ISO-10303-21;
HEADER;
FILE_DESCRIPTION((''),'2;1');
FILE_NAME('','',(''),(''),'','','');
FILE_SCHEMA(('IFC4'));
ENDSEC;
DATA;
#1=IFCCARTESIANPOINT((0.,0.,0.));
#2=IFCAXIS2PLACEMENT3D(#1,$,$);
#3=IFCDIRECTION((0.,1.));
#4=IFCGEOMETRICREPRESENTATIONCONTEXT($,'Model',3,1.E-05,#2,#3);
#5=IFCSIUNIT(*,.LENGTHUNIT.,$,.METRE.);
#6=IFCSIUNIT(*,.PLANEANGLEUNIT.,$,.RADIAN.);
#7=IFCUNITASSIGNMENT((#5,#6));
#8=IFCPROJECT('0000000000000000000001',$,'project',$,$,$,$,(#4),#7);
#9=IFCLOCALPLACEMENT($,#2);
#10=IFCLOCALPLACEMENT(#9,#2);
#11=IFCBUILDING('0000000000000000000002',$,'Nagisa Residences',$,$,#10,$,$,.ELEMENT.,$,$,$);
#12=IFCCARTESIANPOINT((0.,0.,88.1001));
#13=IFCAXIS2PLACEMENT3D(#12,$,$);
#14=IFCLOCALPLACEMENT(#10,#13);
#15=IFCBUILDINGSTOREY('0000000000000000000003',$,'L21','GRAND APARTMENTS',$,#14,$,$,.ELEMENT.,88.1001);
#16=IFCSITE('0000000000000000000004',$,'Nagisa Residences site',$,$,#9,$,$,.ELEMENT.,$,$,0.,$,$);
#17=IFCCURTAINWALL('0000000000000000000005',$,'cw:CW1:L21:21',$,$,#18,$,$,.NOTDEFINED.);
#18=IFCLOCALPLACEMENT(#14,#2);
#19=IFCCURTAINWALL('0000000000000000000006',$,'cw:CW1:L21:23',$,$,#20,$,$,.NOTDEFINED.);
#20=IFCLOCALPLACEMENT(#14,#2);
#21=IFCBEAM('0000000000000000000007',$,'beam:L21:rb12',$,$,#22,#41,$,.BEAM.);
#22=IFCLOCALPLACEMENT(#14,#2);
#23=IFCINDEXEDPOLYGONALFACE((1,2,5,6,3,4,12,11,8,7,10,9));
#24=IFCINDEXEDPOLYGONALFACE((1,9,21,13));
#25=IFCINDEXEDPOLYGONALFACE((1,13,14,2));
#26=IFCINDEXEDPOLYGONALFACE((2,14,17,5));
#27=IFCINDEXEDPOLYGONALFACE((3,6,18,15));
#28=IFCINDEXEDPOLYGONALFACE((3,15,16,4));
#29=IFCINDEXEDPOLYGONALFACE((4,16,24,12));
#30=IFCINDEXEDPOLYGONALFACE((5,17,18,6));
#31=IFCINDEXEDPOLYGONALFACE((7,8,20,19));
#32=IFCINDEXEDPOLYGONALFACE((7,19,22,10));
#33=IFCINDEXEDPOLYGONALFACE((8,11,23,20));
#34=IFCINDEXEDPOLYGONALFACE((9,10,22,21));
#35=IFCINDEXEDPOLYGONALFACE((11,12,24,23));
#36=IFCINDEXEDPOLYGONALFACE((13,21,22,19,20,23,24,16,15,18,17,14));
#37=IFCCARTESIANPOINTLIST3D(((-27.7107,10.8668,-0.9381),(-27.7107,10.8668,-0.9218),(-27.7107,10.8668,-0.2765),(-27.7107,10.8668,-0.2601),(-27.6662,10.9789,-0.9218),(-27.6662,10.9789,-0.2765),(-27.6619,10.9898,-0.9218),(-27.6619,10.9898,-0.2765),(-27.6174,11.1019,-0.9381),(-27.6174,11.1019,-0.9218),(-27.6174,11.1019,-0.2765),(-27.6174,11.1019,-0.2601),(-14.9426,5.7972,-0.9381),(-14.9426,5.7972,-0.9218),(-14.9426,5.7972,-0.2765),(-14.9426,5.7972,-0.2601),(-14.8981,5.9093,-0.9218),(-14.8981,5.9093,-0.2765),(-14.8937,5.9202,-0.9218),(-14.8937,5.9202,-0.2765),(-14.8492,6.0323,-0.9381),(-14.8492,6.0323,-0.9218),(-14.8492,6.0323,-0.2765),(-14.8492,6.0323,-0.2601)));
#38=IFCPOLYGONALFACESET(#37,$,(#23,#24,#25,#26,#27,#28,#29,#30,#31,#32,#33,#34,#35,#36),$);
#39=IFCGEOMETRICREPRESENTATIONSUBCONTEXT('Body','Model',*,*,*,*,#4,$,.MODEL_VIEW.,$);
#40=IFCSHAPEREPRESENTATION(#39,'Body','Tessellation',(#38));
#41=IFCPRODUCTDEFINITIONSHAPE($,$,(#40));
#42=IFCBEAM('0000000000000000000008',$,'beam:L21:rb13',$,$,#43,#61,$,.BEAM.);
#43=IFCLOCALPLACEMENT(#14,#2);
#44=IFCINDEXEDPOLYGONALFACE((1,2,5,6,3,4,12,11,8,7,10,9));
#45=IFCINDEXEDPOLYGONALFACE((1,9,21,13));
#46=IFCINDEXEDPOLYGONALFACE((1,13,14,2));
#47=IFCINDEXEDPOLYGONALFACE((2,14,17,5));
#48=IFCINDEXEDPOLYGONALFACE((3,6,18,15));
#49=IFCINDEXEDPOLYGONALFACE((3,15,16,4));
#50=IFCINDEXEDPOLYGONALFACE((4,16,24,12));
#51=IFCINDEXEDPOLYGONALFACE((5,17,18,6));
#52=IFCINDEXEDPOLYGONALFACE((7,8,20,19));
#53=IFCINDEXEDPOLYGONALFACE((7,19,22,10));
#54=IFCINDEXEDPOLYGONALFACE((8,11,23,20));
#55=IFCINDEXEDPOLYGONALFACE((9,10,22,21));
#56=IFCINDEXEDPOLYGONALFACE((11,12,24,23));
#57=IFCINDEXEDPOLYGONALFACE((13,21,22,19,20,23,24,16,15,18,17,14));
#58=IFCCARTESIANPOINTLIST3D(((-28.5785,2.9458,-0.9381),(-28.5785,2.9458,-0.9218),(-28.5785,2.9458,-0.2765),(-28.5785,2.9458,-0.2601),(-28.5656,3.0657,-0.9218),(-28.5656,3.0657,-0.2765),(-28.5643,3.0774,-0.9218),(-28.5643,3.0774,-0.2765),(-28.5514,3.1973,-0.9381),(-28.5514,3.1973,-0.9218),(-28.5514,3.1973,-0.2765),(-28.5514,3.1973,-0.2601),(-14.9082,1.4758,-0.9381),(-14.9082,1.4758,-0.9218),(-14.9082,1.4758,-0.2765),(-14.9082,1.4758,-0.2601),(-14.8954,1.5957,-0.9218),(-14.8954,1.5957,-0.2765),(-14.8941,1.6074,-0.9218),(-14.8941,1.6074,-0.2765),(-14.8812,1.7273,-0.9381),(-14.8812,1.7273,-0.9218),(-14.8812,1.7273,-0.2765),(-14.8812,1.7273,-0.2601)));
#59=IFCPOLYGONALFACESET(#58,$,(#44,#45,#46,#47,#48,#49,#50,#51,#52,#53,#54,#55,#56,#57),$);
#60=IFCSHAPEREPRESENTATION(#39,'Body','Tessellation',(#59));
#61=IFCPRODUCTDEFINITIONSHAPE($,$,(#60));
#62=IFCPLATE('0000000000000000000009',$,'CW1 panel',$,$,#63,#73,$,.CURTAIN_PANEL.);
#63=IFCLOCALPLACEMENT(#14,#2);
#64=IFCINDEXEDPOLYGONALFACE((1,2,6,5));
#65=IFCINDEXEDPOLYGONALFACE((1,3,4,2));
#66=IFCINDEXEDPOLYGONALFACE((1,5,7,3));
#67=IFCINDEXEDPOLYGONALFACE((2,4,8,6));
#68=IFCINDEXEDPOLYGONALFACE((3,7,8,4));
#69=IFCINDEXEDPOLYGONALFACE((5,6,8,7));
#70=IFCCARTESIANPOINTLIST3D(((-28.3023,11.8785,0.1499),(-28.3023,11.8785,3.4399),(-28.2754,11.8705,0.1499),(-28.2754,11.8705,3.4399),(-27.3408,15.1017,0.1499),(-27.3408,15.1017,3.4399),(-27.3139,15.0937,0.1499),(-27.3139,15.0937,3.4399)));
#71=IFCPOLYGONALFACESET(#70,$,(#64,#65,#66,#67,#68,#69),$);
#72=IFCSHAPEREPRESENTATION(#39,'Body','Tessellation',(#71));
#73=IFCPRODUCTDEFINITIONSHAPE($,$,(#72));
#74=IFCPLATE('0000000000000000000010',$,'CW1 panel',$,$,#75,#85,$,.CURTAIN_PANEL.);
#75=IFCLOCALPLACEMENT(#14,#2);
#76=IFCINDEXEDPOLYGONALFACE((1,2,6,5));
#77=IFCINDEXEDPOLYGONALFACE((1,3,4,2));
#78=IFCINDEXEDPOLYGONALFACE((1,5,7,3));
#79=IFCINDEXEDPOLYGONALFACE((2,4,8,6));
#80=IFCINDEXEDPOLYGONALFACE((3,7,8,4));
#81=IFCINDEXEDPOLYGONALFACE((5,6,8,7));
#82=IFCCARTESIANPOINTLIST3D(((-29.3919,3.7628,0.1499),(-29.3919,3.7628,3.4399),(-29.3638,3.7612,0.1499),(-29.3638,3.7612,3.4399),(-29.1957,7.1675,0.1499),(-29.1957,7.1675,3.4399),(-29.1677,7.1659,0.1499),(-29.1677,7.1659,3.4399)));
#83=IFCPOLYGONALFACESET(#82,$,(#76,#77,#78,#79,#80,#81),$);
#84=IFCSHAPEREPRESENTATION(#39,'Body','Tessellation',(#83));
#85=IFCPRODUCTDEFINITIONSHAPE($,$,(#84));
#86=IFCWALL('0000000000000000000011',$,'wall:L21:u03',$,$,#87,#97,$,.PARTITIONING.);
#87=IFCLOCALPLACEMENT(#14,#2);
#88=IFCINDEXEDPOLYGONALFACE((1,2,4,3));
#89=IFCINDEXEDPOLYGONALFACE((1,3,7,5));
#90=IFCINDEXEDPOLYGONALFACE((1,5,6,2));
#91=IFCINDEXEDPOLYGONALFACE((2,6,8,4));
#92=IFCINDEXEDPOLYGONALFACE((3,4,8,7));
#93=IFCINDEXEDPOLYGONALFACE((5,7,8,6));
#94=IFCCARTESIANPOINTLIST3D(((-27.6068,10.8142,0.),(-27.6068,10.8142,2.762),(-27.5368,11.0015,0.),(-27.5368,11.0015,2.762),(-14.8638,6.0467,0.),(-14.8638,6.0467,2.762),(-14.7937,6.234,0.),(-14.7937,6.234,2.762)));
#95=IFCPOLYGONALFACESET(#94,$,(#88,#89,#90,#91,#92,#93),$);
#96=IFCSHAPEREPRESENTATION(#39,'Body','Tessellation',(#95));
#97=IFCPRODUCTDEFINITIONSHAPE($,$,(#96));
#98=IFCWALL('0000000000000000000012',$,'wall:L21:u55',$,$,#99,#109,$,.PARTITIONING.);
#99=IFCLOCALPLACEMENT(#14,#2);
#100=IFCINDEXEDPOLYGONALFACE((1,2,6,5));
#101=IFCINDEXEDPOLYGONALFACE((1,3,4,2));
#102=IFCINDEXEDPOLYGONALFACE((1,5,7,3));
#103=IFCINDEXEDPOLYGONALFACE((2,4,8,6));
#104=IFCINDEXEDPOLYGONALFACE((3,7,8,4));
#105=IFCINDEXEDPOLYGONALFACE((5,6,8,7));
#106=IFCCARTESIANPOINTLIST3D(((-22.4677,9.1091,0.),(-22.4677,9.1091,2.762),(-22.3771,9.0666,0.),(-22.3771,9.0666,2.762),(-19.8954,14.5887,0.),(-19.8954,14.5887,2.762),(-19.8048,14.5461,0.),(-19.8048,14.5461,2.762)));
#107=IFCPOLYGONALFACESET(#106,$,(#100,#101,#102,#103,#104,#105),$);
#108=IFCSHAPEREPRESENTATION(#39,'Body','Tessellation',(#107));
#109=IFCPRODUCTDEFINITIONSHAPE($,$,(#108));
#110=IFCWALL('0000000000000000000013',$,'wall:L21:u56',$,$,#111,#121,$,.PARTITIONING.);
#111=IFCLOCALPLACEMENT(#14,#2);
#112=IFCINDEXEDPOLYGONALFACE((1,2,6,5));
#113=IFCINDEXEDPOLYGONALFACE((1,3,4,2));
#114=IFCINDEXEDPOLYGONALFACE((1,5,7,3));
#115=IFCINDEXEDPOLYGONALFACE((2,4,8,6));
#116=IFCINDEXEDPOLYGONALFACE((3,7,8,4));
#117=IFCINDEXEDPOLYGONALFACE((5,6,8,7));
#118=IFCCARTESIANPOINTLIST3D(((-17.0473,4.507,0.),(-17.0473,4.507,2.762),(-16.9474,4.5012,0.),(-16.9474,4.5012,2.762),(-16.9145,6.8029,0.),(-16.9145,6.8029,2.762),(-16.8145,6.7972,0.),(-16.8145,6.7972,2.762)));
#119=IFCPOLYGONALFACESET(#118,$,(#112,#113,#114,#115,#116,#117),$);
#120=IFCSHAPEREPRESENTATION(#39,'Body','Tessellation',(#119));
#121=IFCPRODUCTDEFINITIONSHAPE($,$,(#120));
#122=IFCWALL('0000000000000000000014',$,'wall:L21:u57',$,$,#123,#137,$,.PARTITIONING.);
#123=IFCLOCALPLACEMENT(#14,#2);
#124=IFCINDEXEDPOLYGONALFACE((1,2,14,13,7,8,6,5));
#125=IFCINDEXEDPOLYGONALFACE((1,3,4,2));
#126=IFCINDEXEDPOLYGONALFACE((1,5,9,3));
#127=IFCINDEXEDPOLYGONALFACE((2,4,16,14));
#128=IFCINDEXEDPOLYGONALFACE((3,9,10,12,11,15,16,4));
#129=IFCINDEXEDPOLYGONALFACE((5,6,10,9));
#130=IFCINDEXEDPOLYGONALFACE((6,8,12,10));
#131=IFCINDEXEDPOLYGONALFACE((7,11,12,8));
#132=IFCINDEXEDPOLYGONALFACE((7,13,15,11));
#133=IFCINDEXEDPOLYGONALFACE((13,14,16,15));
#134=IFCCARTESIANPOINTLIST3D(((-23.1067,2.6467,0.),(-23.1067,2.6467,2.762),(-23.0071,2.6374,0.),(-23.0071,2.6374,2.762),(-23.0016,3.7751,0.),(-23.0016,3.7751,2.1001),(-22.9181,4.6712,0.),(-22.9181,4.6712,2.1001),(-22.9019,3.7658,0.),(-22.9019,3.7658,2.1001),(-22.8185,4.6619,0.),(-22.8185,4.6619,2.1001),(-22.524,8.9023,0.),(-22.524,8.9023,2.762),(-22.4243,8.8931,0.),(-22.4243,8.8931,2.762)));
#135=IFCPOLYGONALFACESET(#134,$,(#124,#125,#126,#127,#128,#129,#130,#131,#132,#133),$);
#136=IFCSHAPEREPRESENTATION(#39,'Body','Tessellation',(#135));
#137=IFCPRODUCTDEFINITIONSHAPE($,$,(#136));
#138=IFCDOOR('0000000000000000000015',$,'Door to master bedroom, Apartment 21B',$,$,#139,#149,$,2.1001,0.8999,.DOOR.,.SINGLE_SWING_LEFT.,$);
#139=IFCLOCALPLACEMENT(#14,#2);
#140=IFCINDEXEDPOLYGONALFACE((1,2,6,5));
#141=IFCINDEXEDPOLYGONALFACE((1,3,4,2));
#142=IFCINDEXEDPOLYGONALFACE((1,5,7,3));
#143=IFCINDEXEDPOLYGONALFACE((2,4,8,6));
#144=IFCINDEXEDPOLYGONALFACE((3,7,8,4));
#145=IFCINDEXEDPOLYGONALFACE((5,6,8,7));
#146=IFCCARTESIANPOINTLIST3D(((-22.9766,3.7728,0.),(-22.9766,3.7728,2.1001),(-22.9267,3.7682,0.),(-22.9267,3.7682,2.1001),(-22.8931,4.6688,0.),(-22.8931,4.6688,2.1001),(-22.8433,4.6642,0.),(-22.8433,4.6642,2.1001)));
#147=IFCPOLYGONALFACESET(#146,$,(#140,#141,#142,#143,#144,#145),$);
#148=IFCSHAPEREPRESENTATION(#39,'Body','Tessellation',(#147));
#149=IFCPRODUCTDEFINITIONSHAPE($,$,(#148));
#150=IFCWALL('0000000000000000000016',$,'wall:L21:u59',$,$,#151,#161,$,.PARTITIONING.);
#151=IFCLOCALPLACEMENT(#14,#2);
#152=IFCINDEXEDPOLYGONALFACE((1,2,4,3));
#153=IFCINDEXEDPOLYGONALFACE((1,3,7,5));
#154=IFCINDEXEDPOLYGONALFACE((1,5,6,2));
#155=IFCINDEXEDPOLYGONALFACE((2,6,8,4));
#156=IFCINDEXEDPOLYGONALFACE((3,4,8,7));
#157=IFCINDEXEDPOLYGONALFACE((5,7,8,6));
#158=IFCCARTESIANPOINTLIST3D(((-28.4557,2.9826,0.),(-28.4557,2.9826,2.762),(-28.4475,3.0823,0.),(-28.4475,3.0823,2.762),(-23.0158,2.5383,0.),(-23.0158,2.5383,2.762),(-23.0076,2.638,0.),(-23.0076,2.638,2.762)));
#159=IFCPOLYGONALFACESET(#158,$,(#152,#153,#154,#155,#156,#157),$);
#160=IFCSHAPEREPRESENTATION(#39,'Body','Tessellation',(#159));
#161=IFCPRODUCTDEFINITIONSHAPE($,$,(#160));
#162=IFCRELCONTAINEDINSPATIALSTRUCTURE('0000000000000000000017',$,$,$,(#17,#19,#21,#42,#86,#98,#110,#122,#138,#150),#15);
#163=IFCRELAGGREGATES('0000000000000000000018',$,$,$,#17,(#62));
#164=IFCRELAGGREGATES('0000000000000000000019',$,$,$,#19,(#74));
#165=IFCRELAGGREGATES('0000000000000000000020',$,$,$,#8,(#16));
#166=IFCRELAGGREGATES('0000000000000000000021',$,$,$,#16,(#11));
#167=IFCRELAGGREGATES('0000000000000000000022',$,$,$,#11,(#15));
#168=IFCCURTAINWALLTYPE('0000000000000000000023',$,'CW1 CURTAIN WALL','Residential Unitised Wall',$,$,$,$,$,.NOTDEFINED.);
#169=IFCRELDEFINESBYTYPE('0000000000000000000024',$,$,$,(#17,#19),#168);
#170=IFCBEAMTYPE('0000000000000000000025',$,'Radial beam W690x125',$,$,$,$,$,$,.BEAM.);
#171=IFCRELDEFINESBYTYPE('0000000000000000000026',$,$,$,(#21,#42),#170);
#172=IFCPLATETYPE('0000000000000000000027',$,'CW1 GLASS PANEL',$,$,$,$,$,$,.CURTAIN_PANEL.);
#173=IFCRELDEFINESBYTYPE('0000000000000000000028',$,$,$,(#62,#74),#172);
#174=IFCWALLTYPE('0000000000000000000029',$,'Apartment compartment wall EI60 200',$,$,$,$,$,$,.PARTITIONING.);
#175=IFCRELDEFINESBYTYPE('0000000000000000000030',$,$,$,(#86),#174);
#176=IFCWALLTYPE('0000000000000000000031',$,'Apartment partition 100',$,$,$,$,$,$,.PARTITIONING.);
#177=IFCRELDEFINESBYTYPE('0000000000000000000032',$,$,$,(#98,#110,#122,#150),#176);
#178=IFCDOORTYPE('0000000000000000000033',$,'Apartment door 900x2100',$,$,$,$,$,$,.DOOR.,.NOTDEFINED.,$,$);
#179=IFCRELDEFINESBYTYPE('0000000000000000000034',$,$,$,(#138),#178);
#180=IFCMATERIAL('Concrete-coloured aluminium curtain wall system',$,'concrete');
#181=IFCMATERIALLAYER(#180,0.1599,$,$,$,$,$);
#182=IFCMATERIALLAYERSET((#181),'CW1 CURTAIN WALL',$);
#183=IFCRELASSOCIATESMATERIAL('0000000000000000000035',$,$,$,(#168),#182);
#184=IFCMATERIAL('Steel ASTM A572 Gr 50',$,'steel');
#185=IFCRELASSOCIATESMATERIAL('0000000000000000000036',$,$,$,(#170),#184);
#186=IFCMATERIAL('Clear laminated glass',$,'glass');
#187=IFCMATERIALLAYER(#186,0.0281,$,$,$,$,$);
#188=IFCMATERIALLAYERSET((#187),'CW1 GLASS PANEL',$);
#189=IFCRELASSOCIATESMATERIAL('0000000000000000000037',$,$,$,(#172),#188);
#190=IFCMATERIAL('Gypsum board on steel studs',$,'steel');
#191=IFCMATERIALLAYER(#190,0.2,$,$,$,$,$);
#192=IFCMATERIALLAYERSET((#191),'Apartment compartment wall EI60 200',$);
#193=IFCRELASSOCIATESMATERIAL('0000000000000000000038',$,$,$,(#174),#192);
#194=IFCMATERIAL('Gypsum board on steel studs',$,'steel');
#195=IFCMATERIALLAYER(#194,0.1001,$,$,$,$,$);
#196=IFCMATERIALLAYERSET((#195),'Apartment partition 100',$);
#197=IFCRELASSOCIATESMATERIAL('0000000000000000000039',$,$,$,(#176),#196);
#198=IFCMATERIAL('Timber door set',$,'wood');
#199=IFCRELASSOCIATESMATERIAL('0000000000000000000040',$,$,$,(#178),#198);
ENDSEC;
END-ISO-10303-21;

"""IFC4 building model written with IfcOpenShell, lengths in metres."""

from ifc_helpers import new_model, si_unit, direction, frame, frame_2d, origin, origin_2d, place, context, subcontext, project, spatial, rectangle, i_section, extrude, material, layer, layer_set, material_profile, profile_set, type_object, element, fill, aggregate, save


model = new_model("IFC4")

# Units and contexts
model_context = context("Model", 3, precision=1e-05, world=origin(), true_north=direction((0.0, 1.0)))
body_context = subcontext(model_context, "Body", "Model", "MODEL_VIEW")
ifc_project = project(units=[si_unit("LENGTHUNIT", "METRE"), si_unit("PLANEANGLEUNIT", "RADIAN")], contexts=[model_context])

# Site, building, storey
site_placement = place(None, origin())
site = spatial("IfcSite", under=ifc_project, at=site_placement, Name="Nagisa Residences site", CompositionType="ELEMENT", RefElevation=0.0)
building_placement = place(site_placement, origin())
building = spatial("IfcBuilding", under=site, at=building_placement, Name="Nagisa Residences", CompositionType="ELEMENT")
storey_placement = place(building_placement, frame((0.0, 0.0, 88.1001)))
storey = spatial("IfcBuildingStorey", under=building, at=storey_placement, Name="L21", Description="GRAND APARTMENTS", CompositionType="ELEMENT", Elevation=88.1001)

# Curtain walls
ifc_material_1 = material(Name="Concrete-coloured aluminium curtain wall system", Category="concrete")
ifc_layer_1 = layer(ifc_material_1, 0.1599)
ifc_layer_set_1 = layer_set([ifc_layer_1], Name="CW1 CURTAIN WALL")
curtain_wall_type = type_object("IfcCurtainWallType", Name="CW1 CURTAIN WALL", Description="Residential Unitised Wall", PredefinedType="NOTDEFINED", material=ifc_layer_set_1)
curtain_wall_1_placement = place(storey_placement, origin())
curtain_wall_1 = element("IfcCurtainWall", 1, at=curtain_wall_1_placement, inside=storey, type_object=curtain_wall_type, Name="cw:CW1:L21:21", PredefinedType="NOTDEFINED")
curtain_wall_2_placement = place(storey_placement, origin())
curtain_wall_2 = element("IfcCurtainWall", 2, at=curtain_wall_2_placement, inside=storey, type_object=curtain_wall_type, Name="cw:CW1:L21:23", PredefinedType="NOTDEFINED")

# Beams
ifc_material_2 = material(Name="Steel ASTM A572 Gr 50", Category="steel")
ifc_material_profile_1 = material_profile(ifc_material_2, i_section(OverallWidth=0.2529, OverallDepth=0.678, WebThickness=0.0117, FlangeThickness=0.0164, at=origin_2d()), Name="W690x125")
ifc_profile_set_1 = profile_set([ifc_material_profile_1], Name="Steel ASTM A572 Gr 50")
beam_type_1 = type_object("IfcBeamType", Name="Radial beam W690x125", PredefinedType="BEAM", material=ifc_profile_set_1)
beam_1_placement = place(storey_placement, frame((-27.6641, 10.9844, -0.5991), z_axis=(0.929419, -0.369027, 0.0), x_axis=(0.369027, 0.929419, 0.0)))
element("IfcBeam", 3, at=beam_1_placement, inside=storey, type_object=beam_type_1, Name="beam:L21:rb12", PredefinedType="BEAM", context=body_context, shape_type="SweptSolid", body=[
    extrude(i_section(OverallWidth=0.2529, OverallDepth=0.678, WebThickness=0.0117, FlangeThickness=0.0164, at=origin_2d()), origin(), (0.0, 0.0, 1.0), 13.7378),
])
beam_2_placement = place(storey_placement, frame((-28.5649, 3.0715, -0.5991), z_axis=(0.994268, -0.106915, 0.0), x_axis=(0.106915, 0.994268, 0.0)))
element("IfcBeam", 4, at=beam_2_placement, inside=storey, type_object=beam_type_1, Name="beam:L21:rb13", PredefinedType="BEAM", context=body_context, shape_type="SweptSolid", body=[
    extrude(i_section(OverallWidth=0.2529, OverallDepth=0.678, WebThickness=0.0117, FlangeThickness=0.0164, at=origin_2d()), origin(), (0.0, 0.0, 1.0), 13.749),
])

# Plates
ifc_material_3 = material(Name="Clear laminated glass", Category="glass")
ifc_layer_2 = layer(ifc_material_3, 0.0281)
ifc_layer_set_2 = layer_set([ifc_layer_2], Name="CW1 GLASS PANEL")
plate_type = type_object("IfcPlateType", Name="CW1 GLASS PANEL", PredefinedType="CURTAIN_PANEL", material=ifc_layer_set_2)
plate_1_placement = place(storey_placement, frame((-27.8081, 13.4861, 0.1499), z_axis=(0.0, 0.0, 1.0), x_axis=(-0.28586, -0.958271, 0.0)))
plate_1 = element("IfcPlate", 5, at=plate_1_placement, type_object=plate_type, Name="CW1 panel", PredefinedType="CURTAIN_PANEL", context=body_context, shape_type="SweptSolid", body=[
    extrude(rectangle(XDim=3.3635, YDim=0.0281, at=origin_2d()), origin(), (0.0, 0.0, 1.0), 3.29),
])
aggregate(curtain_wall_1, [plate_1])
plate_2_placement = place(storey_placement, frame((-29.2798, 5.4644, 0.1499), z_axis=(0.0, 0.0, 1.0), x_axis=(-0.057503, -0.998345, 0.0)))
plate_2 = element("IfcPlate", 6, at=plate_2_placement, type_object=plate_type, Name="CW1 panel", PredefinedType="CURTAIN_PANEL", context=body_context, shape_type="SweptSolid", body=[
    extrude(rectangle(XDim=3.4104, YDim=0.0281, at=origin_2d()), origin(), (0.0, 0.0, 1.0), 3.29),
])
aggregate(curtain_wall_2, [plate_2])

# Walls
ifc_material_4 = material(Name="Gypsum board on steel studs", Category="steel")
ifc_layer_3 = layer(ifc_material_4, 0.2)
ifc_layer_set_3 = layer_set([ifc_layer_3], Name="Apartment compartment wall EI60 200")
wall_type_1 = type_object("IfcWallType", Name="Apartment compartment wall EI60 200", PredefinedType="PARTITIONING", material=ifc_layer_set_3)
wall_1_placement = place(storey_placement, frame((-14.8289, 6.1404, 0.0), z_axis=(0.0, 0.0, 1.0), x_axis=(-0.936597, 0.350408, 0.0)))
element("IfcWall", 7, at=wall_1_placement, inside=storey, type_object=wall_type_1, Name="wall:L21:u03", PredefinedType="PARTITIONING", context=body_context, shape_type="SweptSolid", body=[
    extrude(rectangle(XDim=13.6057, YDim=0.2, at=frame_2d((6.8027, 0.0))), origin(), (0.0, 0.0, 1.0), 2.762),
])
ifc_material_5 = material(Name="Gypsum board on steel studs", Category="steel")
ifc_layer_4 = layer(ifc_material_5, 0.1001)
ifc_layer_set_4 = layer_set([ifc_layer_4], Name="Apartment partition 100")
wall_type_2 = type_object("IfcWallType", Name="Apartment partition 100", PredefinedType="PARTITIONING", material=ifc_layer_set_4)
wall_2_placement = place(storey_placement, frame((-19.8501, 14.5674, 0.0), z_axis=(0.0, 0.0, 1.0), x_axis=(-0.424942, -0.90522, 0.0)))
element("IfcWall", 8, at=wall_2_placement, inside=storey, type_object=wall_type_2, Name="wall:L21:u55", PredefinedType="PARTITIONING", context=body_context, shape_type="SweptSolid", body=[
    extrude(rectangle(XDim=6.0532, YDim=0.1001, at=frame_2d((3.0266, 0.0))), origin(), (0.0, 0.0, 1.0), 2.762),
])
wall_3_placement = place(storey_placement, frame((-16.8645, 6.8, 0.0), z_axis=(0.0, 0.0, 1.0), x_axis=(-0.057751, -0.998331, 0.0)))
element("IfcWall", 9, at=wall_3_placement, inside=storey, type_object=wall_type_2, Name="wall:L21:u56", PredefinedType="PARTITIONING", context=body_context, shape_type="SweptSolid", body=[
    extrude(rectangle(XDim=2.2998, YDim=0.1001, at=frame_2d((1.1499, 0.0))), origin(), (0.0, 0.0, 1.0), 2.762),
])

# Wall, opening, door
wall_4_placement = place(storey_placement, frame((-22.4741, 8.8977, 0.0), z_axis=(0.0, 0.0, 1.0), x_axis=(-0.092757, -0.995689, 0.0)))
wall_4 = element("IfcWall", 10, at=wall_4_placement, inside=storey, type_object=wall_type_2, Name="wall:L21:u57", PredefinedType="PARTITIONING", context=body_context, shape_type="SweptSolid", body=[
    extrude(rectangle(XDim=6.2827, YDim=0.1001, at=frame_2d((3.1414, 0.0))), origin(), (0.0, 0.0, 1.0), 2.762),
])
opening_1_placement = place(wall_4_placement, frame((4.2495, 0.0, 0.0)))
opening_1 = element("IfcOpeningElement", 11, at=opening_1_placement, cuts=wall_4, PredefinedType="OPENING", context=body_context, shape_type="SweptSolid", body=[
    extrude(rectangle(XDim=0.8999, YDim=2.1001, at=frame_2d((0.45, 1.05))), frame((0.0, 0.0601, 0.0), z_axis=(0.0, -1.0, 0.0), x_axis=(1.0, 0.0, 0.0)), (0.0, 0.0, 1.0), 0.1201),
])
ifc_material_6 = material(Name="Timber door set", Category="wood")
door_type_1 = type_object("IfcDoorType", Name="Apartment door 900x2100", OperationType="NOTDEFINED", PredefinedType="DOOR", material=ifc_material_6)
door_1_placement = place(opening_1_placement, frame((0.8999, 0.0, 0.0), x_axis=(-1.0, 0.0, 0.0)))
door_1 = element("IfcDoor", 12, at=door_1_placement, inside=storey, type_object=door_type_1, Name="Door to master bedroom, Apartment 21B", OperationType="SINGLE_SWING_LEFT", OverallHeight=2.1001, OverallWidth=0.8999, PredefinedType="DOOR", context=body_context, shape_type="SweptSolid", body=[
    extrude(rectangle(XDim=0.8999, YDim=2.1001, at=frame_2d((0.45, 1.05))), frame((0.0, 0.0249, 0.0), z_axis=(0.0, -1.0, 0.0), x_axis=(1.0, 0.0, 0.0)), (0.0, 0.0, 1.0), 0.05),
])
fill(opening_1, door_1)

# Wall
wall_5_placement = place(storey_placement, frame((-23.0117, 2.5881, 0.0), z_axis=(0.0, 0.0, 1.0), x_axis=(-0.996681, 0.081409, 0.0)))
element("IfcWall", 13, at=wall_5_placement, inside=storey, type_object=wall_type_2, Name="wall:L21:u59", PredefinedType="PARTITIONING", context=body_context, shape_type="SweptSolid", body=[
    extrude(rectangle(XDim=5.458, YDim=0.1001, at=frame_2d((2.729, 0.0))), origin(), (0.0, 0.0, 1.0), 2.762),
])

save(model, "model.ifc")
